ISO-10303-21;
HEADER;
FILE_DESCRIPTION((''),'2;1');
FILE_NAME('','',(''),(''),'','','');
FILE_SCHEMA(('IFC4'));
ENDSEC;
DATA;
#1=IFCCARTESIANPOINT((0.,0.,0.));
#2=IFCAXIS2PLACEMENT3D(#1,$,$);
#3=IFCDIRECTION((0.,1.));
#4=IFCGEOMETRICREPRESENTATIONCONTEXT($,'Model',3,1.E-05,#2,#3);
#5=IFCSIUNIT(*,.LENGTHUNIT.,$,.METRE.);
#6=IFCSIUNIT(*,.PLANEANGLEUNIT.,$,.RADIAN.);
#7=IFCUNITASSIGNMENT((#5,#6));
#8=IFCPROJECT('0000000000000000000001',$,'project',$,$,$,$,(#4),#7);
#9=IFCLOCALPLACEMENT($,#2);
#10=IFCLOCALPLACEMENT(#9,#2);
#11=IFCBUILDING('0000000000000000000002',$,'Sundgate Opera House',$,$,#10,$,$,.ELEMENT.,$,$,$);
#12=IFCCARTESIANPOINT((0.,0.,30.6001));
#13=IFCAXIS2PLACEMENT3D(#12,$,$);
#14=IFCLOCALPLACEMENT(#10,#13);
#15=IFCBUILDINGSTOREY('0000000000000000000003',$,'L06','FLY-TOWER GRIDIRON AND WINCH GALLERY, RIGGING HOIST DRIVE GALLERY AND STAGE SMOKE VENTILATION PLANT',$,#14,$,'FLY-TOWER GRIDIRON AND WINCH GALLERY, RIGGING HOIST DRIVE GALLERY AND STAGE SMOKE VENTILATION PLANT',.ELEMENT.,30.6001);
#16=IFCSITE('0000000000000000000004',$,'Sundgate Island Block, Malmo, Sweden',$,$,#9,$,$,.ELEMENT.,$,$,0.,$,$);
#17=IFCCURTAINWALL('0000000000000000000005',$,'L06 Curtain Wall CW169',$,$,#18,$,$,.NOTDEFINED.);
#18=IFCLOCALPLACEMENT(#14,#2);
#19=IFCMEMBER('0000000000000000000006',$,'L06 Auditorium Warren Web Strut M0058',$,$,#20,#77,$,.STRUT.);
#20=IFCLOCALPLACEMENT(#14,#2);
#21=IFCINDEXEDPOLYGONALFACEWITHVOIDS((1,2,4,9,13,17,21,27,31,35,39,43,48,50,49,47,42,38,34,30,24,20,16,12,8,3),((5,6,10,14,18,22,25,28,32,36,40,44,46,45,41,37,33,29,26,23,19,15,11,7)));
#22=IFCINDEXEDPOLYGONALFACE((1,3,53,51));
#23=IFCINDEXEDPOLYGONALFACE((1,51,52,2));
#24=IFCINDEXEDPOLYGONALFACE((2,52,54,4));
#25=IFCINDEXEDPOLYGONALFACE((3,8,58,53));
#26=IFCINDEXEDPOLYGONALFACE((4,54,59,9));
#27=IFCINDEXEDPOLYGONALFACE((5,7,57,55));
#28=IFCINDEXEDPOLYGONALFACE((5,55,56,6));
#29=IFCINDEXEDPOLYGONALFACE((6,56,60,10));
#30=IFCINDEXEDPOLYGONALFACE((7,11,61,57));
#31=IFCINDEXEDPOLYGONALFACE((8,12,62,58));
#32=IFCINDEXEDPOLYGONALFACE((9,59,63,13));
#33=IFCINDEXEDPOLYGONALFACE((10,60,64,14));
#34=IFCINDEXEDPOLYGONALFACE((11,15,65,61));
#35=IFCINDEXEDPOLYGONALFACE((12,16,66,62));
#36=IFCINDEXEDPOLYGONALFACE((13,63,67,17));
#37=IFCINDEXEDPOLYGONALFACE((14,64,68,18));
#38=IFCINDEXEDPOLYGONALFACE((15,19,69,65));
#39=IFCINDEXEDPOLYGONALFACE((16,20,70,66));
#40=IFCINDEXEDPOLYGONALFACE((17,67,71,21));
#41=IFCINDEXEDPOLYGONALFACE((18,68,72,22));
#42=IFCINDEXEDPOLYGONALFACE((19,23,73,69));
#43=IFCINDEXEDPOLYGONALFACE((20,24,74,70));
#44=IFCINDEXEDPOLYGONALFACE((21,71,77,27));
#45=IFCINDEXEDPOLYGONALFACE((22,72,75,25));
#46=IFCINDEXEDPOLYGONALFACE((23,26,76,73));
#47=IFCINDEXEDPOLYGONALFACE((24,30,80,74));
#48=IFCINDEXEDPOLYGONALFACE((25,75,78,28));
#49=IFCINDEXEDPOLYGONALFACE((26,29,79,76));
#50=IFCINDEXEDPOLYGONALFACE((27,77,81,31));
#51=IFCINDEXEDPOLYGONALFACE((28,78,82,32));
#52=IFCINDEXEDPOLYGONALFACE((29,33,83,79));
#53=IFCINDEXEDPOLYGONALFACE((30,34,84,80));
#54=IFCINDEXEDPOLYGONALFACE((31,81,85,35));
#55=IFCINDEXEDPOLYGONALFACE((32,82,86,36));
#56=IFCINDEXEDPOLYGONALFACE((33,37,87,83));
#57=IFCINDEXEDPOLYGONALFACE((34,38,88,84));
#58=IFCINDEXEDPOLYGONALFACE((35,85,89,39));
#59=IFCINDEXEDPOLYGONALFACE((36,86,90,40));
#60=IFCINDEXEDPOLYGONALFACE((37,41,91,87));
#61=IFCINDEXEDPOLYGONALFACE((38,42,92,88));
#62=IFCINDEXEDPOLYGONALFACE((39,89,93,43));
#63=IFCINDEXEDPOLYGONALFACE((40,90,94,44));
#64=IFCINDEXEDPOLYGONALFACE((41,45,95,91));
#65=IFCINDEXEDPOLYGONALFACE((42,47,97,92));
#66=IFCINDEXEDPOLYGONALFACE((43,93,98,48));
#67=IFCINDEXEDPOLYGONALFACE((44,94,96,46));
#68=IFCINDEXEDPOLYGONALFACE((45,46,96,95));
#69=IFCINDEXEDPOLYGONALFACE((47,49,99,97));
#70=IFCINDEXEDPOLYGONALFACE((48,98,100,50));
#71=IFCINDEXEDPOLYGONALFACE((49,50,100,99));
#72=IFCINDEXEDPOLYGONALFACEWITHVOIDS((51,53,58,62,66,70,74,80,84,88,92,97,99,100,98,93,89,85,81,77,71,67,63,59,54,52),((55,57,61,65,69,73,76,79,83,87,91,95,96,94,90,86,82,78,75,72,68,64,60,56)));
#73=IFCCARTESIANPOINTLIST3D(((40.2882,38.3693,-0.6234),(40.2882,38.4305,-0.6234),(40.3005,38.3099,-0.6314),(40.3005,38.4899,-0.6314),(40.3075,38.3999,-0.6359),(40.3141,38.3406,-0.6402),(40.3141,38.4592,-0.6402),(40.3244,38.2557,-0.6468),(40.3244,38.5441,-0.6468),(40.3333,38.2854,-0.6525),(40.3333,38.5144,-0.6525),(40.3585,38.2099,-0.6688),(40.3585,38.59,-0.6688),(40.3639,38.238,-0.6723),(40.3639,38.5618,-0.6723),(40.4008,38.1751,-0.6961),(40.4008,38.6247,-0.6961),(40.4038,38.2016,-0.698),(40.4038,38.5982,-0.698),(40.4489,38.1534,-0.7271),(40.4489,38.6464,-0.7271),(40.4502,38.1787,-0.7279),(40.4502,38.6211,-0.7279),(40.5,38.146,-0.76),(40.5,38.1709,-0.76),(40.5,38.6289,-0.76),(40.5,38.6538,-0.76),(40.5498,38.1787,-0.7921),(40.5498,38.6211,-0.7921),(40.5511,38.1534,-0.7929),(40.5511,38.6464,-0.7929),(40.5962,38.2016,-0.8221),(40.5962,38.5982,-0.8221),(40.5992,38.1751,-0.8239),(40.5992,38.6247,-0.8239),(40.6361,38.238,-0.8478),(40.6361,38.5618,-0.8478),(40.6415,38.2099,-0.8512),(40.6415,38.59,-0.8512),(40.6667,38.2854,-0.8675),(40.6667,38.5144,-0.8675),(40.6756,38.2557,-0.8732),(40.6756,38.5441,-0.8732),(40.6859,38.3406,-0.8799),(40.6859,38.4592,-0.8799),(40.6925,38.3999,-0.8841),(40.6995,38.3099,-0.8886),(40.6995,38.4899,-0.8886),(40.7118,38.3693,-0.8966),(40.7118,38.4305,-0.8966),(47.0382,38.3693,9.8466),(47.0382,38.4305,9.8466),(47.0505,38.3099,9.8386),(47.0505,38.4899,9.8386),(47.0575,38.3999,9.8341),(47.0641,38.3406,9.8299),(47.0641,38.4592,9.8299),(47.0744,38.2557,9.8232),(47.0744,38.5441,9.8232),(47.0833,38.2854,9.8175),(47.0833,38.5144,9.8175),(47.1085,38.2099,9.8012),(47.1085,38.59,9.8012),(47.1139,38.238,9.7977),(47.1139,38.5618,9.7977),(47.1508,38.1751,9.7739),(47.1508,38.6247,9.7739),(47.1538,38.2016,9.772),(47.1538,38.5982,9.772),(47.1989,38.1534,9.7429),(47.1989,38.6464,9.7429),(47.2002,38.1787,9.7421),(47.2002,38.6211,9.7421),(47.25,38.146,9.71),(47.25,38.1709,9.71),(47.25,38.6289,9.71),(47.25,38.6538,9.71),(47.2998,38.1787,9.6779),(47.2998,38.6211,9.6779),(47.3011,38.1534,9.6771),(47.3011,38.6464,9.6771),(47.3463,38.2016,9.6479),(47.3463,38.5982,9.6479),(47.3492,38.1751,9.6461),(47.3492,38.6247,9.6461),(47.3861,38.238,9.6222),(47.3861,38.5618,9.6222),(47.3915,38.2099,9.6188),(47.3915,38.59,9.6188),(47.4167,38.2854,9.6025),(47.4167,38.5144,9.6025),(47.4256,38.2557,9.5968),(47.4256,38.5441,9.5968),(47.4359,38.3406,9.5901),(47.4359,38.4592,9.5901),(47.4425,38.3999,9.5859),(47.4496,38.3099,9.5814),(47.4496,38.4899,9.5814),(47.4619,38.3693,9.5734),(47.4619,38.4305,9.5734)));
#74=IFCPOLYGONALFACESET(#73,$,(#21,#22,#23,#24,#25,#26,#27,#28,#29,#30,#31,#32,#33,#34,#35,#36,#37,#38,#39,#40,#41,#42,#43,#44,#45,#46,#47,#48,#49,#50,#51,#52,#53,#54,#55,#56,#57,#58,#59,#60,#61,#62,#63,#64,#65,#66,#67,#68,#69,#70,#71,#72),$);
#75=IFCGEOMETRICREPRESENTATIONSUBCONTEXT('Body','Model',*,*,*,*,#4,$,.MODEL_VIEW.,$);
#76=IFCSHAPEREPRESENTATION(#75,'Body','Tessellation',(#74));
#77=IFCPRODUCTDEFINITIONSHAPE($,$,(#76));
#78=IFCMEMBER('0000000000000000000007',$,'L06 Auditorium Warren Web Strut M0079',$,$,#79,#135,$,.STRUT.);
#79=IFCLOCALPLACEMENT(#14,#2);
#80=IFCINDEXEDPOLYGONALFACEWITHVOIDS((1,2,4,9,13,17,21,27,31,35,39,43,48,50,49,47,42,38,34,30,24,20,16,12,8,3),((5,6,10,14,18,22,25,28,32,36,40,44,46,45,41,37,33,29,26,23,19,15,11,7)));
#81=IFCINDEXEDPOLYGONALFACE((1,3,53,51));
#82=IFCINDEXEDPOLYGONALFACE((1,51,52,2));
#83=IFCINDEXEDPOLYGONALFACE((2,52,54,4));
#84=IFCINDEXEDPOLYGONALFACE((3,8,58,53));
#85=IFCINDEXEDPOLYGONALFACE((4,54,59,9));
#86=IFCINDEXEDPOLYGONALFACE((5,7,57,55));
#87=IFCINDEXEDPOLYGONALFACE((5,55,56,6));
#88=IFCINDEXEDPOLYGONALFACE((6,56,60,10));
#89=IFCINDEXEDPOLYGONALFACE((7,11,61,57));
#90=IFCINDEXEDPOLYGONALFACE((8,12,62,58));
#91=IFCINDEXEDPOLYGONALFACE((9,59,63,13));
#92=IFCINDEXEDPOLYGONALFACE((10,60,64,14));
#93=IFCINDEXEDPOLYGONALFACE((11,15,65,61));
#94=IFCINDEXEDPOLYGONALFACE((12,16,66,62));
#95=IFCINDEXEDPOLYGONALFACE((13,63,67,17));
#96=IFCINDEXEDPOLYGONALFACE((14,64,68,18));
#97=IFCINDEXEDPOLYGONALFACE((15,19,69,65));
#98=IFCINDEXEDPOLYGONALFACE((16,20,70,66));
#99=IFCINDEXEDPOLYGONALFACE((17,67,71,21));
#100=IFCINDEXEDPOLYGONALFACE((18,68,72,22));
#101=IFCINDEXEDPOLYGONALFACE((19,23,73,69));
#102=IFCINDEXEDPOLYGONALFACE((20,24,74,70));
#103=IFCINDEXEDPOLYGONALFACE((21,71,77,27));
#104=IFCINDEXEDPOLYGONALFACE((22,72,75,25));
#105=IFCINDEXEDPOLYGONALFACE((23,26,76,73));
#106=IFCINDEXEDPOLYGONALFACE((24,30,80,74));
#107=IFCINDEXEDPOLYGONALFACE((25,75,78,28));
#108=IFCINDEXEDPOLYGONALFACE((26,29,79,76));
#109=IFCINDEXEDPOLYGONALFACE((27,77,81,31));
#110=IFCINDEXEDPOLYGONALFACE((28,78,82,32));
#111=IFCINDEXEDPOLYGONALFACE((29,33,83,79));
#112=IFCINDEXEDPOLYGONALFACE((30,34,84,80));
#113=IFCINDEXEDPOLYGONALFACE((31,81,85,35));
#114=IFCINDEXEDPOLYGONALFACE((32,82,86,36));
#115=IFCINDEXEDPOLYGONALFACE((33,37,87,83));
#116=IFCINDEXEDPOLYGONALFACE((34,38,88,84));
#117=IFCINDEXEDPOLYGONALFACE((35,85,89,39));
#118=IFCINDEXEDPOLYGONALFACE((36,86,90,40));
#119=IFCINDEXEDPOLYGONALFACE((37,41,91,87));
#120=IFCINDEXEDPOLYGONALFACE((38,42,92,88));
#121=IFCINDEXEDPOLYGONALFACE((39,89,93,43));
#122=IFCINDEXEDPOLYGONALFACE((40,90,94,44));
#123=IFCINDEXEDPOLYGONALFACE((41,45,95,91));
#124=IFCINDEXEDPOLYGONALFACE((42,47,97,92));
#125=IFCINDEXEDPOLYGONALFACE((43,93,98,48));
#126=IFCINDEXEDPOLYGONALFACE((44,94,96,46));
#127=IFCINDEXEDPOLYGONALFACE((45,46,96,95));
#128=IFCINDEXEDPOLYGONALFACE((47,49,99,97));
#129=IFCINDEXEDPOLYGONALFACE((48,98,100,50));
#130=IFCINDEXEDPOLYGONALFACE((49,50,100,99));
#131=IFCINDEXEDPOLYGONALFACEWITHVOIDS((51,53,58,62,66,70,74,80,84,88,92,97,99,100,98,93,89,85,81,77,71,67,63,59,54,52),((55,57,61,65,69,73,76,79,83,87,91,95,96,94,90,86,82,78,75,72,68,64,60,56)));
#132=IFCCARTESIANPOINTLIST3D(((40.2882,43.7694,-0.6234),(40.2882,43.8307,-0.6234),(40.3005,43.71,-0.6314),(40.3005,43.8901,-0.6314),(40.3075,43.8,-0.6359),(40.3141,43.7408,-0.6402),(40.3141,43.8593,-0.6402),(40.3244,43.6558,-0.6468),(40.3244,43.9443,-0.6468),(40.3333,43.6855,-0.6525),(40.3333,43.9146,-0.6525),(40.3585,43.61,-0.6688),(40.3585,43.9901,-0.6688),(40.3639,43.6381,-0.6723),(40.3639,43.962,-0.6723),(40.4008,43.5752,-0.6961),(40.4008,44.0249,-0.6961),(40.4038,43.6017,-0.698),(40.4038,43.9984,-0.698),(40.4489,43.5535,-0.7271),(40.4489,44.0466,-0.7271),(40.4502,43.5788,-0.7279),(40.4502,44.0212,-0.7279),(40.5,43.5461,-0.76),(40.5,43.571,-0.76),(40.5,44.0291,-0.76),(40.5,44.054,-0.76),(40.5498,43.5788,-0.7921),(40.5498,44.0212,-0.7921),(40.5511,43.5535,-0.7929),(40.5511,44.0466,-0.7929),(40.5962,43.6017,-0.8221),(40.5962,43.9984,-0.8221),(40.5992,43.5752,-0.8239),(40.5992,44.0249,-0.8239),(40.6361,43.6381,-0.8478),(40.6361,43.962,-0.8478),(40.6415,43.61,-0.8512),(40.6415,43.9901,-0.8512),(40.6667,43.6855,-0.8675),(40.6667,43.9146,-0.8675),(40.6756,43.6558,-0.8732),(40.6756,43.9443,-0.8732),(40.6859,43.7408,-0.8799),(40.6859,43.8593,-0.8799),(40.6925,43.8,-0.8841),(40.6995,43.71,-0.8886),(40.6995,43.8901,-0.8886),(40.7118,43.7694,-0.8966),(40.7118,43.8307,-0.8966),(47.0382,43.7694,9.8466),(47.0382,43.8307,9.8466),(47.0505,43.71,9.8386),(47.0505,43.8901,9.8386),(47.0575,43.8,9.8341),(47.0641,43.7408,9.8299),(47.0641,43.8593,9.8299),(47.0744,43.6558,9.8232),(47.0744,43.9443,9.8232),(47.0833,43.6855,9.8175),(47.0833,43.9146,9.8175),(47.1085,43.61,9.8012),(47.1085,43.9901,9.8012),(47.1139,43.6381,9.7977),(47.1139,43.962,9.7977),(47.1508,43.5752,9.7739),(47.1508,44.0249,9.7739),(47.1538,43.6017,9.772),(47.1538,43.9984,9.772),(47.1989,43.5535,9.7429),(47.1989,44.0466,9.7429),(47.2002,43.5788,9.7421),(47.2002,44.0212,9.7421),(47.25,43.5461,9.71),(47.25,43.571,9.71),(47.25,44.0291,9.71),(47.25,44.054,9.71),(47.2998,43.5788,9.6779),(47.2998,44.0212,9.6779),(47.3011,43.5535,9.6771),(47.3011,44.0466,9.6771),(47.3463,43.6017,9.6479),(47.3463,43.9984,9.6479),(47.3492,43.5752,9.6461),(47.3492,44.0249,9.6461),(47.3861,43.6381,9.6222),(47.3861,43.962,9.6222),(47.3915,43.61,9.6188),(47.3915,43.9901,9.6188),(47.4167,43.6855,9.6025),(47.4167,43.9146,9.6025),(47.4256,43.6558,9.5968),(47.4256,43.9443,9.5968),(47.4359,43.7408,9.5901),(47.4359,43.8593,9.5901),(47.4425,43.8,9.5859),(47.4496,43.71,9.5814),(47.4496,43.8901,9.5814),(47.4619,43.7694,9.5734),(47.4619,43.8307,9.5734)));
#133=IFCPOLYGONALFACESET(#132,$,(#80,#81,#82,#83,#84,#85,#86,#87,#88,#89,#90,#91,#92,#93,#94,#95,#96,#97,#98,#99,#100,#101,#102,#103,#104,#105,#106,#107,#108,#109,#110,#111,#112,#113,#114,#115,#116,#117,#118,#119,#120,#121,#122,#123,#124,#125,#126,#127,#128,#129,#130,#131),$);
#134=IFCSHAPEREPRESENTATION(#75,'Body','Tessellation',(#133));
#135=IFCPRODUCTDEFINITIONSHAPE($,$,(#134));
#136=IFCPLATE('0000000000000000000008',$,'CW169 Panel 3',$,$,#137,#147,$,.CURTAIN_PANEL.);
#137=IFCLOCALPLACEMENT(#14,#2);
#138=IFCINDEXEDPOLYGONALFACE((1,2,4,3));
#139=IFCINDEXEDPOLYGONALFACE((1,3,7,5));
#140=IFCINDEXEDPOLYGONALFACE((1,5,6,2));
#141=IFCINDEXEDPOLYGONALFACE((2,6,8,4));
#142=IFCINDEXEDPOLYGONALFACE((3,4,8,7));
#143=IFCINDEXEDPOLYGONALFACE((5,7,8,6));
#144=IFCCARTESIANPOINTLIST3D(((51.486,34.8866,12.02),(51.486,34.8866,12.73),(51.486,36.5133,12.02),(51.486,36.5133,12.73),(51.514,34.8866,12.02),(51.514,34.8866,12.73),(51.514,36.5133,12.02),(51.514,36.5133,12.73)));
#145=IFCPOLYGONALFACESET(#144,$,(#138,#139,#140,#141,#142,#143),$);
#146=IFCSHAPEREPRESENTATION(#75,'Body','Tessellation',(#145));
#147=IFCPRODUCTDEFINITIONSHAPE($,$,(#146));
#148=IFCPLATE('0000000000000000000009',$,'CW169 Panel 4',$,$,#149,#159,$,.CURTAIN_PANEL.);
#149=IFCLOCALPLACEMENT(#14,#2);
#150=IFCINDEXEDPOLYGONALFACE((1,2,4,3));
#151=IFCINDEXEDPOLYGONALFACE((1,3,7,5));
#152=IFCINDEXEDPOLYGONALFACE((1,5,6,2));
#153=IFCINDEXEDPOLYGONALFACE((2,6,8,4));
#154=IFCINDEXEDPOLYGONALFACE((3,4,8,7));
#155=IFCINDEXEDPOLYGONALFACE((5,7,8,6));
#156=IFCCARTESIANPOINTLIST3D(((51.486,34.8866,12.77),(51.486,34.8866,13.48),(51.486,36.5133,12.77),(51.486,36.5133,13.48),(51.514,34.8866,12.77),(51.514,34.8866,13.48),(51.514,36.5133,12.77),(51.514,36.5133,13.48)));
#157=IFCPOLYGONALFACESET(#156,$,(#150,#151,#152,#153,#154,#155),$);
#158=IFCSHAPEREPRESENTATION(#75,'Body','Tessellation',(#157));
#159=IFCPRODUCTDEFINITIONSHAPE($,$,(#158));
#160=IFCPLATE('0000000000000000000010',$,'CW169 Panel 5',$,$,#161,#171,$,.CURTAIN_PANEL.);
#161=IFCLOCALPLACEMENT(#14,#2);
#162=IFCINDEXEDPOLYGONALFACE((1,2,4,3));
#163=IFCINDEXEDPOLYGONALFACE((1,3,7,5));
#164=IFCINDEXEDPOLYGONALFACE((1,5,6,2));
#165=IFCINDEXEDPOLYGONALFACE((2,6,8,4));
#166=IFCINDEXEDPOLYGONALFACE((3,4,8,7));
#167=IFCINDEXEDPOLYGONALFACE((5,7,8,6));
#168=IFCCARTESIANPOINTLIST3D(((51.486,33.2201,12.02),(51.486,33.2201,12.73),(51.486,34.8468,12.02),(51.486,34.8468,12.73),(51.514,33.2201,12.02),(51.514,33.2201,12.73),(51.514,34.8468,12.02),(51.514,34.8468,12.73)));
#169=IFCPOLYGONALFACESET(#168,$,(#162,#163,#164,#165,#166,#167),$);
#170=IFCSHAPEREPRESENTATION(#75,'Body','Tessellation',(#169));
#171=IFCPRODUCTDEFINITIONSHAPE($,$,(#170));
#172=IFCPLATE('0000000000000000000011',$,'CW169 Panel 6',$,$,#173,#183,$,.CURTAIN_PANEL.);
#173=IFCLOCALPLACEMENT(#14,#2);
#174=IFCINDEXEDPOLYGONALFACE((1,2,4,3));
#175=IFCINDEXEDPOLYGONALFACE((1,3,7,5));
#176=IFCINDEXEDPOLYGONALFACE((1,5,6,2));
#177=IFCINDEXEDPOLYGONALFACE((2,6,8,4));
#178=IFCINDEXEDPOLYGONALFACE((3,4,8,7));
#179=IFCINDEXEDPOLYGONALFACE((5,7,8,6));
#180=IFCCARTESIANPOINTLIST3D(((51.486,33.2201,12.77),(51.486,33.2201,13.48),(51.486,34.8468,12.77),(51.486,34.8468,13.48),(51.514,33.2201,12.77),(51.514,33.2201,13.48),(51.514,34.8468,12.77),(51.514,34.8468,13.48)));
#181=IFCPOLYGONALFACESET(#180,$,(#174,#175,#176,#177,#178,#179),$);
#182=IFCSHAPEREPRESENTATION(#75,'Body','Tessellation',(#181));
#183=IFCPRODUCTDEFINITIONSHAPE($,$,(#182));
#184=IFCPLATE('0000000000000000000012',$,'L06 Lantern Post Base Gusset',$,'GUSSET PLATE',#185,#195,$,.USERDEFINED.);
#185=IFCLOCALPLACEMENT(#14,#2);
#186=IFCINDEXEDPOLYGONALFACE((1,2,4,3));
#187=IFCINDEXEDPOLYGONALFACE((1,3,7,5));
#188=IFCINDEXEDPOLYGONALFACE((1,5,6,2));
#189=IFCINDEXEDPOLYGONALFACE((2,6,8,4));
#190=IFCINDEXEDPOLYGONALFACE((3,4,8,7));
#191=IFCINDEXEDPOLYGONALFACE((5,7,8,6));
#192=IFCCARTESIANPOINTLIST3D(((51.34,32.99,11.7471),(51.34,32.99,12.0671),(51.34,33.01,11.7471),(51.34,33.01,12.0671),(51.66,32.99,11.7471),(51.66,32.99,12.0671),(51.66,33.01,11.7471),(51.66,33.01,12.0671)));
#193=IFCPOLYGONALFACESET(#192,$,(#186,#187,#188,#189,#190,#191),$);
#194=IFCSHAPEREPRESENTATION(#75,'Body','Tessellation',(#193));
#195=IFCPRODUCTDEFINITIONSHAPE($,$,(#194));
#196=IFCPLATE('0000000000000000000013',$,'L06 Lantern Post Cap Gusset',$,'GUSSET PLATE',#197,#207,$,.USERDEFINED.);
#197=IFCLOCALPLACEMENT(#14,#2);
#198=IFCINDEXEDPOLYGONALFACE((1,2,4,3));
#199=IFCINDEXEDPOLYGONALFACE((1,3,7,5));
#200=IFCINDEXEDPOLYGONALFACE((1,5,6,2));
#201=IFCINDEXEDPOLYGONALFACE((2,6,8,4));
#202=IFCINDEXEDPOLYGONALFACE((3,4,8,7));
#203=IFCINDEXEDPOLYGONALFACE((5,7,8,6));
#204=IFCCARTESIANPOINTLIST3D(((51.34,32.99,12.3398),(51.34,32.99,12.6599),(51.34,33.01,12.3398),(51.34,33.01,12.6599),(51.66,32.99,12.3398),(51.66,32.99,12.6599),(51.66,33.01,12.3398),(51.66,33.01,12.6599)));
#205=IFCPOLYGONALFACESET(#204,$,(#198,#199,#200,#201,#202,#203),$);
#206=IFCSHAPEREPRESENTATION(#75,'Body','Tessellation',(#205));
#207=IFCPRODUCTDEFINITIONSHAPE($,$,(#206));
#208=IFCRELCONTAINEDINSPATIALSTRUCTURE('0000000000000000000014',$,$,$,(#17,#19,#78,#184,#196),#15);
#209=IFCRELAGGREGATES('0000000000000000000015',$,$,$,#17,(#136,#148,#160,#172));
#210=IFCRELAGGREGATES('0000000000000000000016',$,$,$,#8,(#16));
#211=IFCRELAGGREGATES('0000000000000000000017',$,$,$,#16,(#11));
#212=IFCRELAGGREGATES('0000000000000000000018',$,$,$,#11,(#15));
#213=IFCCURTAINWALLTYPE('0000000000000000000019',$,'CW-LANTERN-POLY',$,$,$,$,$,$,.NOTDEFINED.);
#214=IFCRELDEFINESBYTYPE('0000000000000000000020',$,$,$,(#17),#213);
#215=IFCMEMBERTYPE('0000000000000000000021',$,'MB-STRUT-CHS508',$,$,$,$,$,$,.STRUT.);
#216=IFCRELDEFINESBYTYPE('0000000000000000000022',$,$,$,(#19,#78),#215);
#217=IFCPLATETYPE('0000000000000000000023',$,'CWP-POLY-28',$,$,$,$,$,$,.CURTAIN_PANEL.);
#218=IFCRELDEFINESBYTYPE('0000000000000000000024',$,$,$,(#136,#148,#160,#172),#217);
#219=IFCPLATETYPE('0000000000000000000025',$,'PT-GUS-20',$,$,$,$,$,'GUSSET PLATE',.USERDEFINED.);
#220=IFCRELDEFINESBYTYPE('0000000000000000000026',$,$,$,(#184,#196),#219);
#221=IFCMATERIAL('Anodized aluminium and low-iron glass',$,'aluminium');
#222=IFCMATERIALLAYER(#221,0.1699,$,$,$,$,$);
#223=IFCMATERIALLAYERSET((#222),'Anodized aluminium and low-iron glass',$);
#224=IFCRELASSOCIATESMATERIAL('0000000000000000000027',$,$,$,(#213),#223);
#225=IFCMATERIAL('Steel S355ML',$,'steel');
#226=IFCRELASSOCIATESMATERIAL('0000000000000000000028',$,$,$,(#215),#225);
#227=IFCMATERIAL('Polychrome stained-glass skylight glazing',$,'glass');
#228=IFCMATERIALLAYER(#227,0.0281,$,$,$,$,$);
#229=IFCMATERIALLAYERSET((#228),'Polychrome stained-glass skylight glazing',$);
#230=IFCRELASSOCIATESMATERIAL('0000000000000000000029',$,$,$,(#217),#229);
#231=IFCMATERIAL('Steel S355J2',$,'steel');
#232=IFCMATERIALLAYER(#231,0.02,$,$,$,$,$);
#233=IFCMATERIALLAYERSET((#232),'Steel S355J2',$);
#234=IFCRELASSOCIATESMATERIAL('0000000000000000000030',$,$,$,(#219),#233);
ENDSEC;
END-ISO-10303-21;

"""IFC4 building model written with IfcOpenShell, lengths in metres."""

from ifc_helpers import new_model, si_unit, direction, frame, origin, origin_2d, place, context, subcontext, project, spatial, rectangle, hollow_circle, extrude, material, layer, layer_set, material_profile, profile_set, type_object, element, aggregate, save


model = new_model("IFC4")

# Units and contexts
model_context = context("Model", 3, precision=1e-05, world=origin(), true_north=direction((0.0, 1.0)))
body_context = subcontext(model_context, "Body", "Model", "MODEL_VIEW")
ifc_project = project(units=[si_unit("LENGTHUNIT", "METRE"), si_unit("PLANEANGLEUNIT", "RADIAN")], contexts=[model_context])

# Site, building, storey
site_placement = place(None, origin())
site = spatial("IfcSite", under=ifc_project, at=site_placement, Name="Sundgate Island Block, Malmo, Sweden", CompositionType="ELEMENT", RefElevation=0.0)
building_placement = place(site_placement, origin())
building = spatial("IfcBuilding", under=site, at=building_placement, Name="Sundgate Opera House", CompositionType="ELEMENT")
storey_placement = place(building_placement, frame((0.0, 0.0, 30.6001)))
storey = spatial("IfcBuildingStorey", under=building, at=storey_placement, Name="L06", Description="FLY-TOWER GRIDIRON AND WINCH GALLERY, RIGGING HOIST DRIVE GALLERY AND STAGE SMOKE VENTILATION PLANT", LongName="FLY-TOWER GRIDIRON AND WINCH GALLERY, RIGGING HOIST DRIVE GALLERY AND STAGE SMOKE VENTILATION PLANT", CompositionType="ELEMENT", Elevation=30.6001)

# Curtain wall
ifc_material_1 = material(Name="Anodized aluminium and low-iron glass", Category="aluminium")
ifc_layer_1 = layer(ifc_material_1, 0.1699)
ifc_layer_set_1 = layer_set([ifc_layer_1], Name="Anodized aluminium and low-iron glass")
curtain_wall_type = type_object("IfcCurtainWallType", Name="CW-LANTERN-POLY", PredefinedType="NOTDEFINED", material=ifc_layer_set_1)
curtain_wall_placement = place(storey_placement, origin())
curtain_wall = element("IfcCurtainWall", 1, at=curtain_wall_placement, inside=storey, type_object=curtain_wall_type, Name="L06 Curtain Wall CW169", PredefinedType="NOTDEFINED")

# Members
ifc_material_2 = material(Name="Steel S355ML", Category="steel")
ifc_material_profile_1 = material_profile(ifc_material_2, hollow_circle(Radius=0.2539, WallThickness=0.0249, at=origin_2d()), Name="CHS 508x25.0")
ifc_profile_set_1 = profile_set([ifc_material_profile_1], Name="Steel S355ML")
member_type_1 = type_object("IfcMemberType", Name="MB-STRUT-CHS508", PredefinedType="STRUT", material=ifc_profile_set_1)
for number, where, z_axis, x_axis, name in (
    (2, (40.5, 38.3999, -0.76), (0.541854, 0.0, 0.840473), (0.0, 1.0, 0.0), "L06 Auditorium Warren Web Strut M0058"),
    (3, (40.5, 43.8, -0.76), (0.541854, 0.0, 0.840473), (0.0, 1.0, 0.0), "L06 Auditorium Warren Web Strut M0079"),
):
    element("IfcMember", number, at=place(storey_placement, frame(where, z_axis=z_axis, x_axis=x_axis)), inside=storey, type_object=member_type_1, Name=name, PredefinedType="STRUT", context=body_context, shape_type="SweptSolid", body=[
        extrude(hollow_circle(Radius=0.2539, WallThickness=0.0249, at=origin_2d()), origin(), (0.0, 0.0, 1.0), 12.4573),
    ])

# Plates
ifc_material_3 = material(Name="Polychrome stained-glass skylight glazing", Category="glass")
ifc_layer_2 = layer(ifc_material_3, 0.0281)
ifc_layer_set_2 = layer_set([ifc_layer_2], Name="Polychrome stained-glass skylight glazing")
plate_type_1 = type_object("IfcPlateType", Name="CWP-POLY-28", PredefinedType="CURTAIN_PANEL", material=ifc_layer_set_2)
plate_1_placement = place(storey_placement, frame((51.5, 35.7, 12.02), z_axis=(0.0, 0.0, 1.0), x_axis=(0.0, -1.0, 0.0)))
plate_1 = element("IfcPlate", 4, at=plate_1_placement, type_object=plate_type_1, Name="CW169 Panel 3", PredefinedType="CURTAIN_PANEL", context=body_context, shape_type="SweptSolid", body=[
    extrude(rectangle(XDim=1.6267, YDim=0.0281, at=origin_2d()), origin(), (0.0, 0.0, 1.0), 0.71),
])
plate_2_placement = place(storey_placement, frame((51.5, 35.7, 12.77), z_axis=(0.0, 0.0, 1.0), x_axis=(0.0, -1.0, 0.0)))
plate_2 = element("IfcPlate", 5, at=plate_2_placement, type_object=plate_type_1, Name="CW169 Panel 4", PredefinedType="CURTAIN_PANEL", context=body_context, shape_type="SweptSolid", body=[
    extrude(rectangle(XDim=1.6267, YDim=0.0281, at=origin_2d()), origin(), (0.0, 0.0, 1.0), 0.71),
])
plate_3_placement = place(storey_placement, frame((51.5, 34.0334, 12.02), z_axis=(0.0, 0.0, 1.0), x_axis=(0.0, -1.0, 0.0)))
plate_3 = element("IfcPlate", 6, at=plate_3_placement, type_object=plate_type_1, Name="CW169 Panel 5", PredefinedType="CURTAIN_PANEL", context=body_context, shape_type="SweptSolid", body=[
    extrude(rectangle(XDim=1.6267, YDim=0.0281, at=origin_2d()), origin(), (0.0, 0.0, 1.0), 0.71),
])
plate_4_placement = place(storey_placement, frame((51.5, 34.0334, 12.77), z_axis=(0.0, 0.0, 1.0), x_axis=(0.0, -1.0, 0.0)))
plate_4 = element("IfcPlate", 7, at=plate_4_placement, type_object=plate_type_1, Name="CW169 Panel 6", PredefinedType="CURTAIN_PANEL", context=body_context, shape_type="SweptSolid", body=[
    extrude(rectangle(XDim=1.6267, YDim=0.0281, at=origin_2d()), origin(), (0.0, 0.0, 1.0), 0.71),
])
aggregate(curtain_wall, [plate_1, plate_2, plate_3, plate_4])

# Plates
ifc_material_4 = material(Name="Steel S355J2", Category="steel")
ifc_layer_3 = layer(ifc_material_4, 0.02)
ifc_layer_set_3 = layer_set([ifc_layer_3], Name="Steel S355J2")
plate_type_2 = type_object("IfcPlateType", Name="PT-GUS-20", ElementType="GUSSET PLATE", PredefinedType="USERDEFINED", material=ifc_layer_set_3)
for number, where, z_axis, x_axis, name in (
    (8, (51.5, 33.0, 11.7471), (0.0, 0.0, 1.0), (1.0, 0.0, 0.0), "L06 Lantern Post Base Gusset"),
    (9, (51.5, 33.0, 12.3398), (0.0, 0.0, 1.0), (1.0, 0.0, 0.0), "L06 Lantern Post Cap Gusset"),
):
    element("IfcPlate", number, at=place(storey_placement, frame(where, z_axis=z_axis, x_axis=x_axis)), inside=storey, type_object=plate_type_2, Name=name, ObjectType="GUSSET PLATE", PredefinedType="USERDEFINED", context=body_context, shape_type="SweptSolid", body=[
        extrude(rectangle(XDim=0.3201, YDim=0.02, at=origin_2d()), origin(), (0.0, 0.0, 1.0), 0.3201),
    ])

save(model, "model.ifc")
